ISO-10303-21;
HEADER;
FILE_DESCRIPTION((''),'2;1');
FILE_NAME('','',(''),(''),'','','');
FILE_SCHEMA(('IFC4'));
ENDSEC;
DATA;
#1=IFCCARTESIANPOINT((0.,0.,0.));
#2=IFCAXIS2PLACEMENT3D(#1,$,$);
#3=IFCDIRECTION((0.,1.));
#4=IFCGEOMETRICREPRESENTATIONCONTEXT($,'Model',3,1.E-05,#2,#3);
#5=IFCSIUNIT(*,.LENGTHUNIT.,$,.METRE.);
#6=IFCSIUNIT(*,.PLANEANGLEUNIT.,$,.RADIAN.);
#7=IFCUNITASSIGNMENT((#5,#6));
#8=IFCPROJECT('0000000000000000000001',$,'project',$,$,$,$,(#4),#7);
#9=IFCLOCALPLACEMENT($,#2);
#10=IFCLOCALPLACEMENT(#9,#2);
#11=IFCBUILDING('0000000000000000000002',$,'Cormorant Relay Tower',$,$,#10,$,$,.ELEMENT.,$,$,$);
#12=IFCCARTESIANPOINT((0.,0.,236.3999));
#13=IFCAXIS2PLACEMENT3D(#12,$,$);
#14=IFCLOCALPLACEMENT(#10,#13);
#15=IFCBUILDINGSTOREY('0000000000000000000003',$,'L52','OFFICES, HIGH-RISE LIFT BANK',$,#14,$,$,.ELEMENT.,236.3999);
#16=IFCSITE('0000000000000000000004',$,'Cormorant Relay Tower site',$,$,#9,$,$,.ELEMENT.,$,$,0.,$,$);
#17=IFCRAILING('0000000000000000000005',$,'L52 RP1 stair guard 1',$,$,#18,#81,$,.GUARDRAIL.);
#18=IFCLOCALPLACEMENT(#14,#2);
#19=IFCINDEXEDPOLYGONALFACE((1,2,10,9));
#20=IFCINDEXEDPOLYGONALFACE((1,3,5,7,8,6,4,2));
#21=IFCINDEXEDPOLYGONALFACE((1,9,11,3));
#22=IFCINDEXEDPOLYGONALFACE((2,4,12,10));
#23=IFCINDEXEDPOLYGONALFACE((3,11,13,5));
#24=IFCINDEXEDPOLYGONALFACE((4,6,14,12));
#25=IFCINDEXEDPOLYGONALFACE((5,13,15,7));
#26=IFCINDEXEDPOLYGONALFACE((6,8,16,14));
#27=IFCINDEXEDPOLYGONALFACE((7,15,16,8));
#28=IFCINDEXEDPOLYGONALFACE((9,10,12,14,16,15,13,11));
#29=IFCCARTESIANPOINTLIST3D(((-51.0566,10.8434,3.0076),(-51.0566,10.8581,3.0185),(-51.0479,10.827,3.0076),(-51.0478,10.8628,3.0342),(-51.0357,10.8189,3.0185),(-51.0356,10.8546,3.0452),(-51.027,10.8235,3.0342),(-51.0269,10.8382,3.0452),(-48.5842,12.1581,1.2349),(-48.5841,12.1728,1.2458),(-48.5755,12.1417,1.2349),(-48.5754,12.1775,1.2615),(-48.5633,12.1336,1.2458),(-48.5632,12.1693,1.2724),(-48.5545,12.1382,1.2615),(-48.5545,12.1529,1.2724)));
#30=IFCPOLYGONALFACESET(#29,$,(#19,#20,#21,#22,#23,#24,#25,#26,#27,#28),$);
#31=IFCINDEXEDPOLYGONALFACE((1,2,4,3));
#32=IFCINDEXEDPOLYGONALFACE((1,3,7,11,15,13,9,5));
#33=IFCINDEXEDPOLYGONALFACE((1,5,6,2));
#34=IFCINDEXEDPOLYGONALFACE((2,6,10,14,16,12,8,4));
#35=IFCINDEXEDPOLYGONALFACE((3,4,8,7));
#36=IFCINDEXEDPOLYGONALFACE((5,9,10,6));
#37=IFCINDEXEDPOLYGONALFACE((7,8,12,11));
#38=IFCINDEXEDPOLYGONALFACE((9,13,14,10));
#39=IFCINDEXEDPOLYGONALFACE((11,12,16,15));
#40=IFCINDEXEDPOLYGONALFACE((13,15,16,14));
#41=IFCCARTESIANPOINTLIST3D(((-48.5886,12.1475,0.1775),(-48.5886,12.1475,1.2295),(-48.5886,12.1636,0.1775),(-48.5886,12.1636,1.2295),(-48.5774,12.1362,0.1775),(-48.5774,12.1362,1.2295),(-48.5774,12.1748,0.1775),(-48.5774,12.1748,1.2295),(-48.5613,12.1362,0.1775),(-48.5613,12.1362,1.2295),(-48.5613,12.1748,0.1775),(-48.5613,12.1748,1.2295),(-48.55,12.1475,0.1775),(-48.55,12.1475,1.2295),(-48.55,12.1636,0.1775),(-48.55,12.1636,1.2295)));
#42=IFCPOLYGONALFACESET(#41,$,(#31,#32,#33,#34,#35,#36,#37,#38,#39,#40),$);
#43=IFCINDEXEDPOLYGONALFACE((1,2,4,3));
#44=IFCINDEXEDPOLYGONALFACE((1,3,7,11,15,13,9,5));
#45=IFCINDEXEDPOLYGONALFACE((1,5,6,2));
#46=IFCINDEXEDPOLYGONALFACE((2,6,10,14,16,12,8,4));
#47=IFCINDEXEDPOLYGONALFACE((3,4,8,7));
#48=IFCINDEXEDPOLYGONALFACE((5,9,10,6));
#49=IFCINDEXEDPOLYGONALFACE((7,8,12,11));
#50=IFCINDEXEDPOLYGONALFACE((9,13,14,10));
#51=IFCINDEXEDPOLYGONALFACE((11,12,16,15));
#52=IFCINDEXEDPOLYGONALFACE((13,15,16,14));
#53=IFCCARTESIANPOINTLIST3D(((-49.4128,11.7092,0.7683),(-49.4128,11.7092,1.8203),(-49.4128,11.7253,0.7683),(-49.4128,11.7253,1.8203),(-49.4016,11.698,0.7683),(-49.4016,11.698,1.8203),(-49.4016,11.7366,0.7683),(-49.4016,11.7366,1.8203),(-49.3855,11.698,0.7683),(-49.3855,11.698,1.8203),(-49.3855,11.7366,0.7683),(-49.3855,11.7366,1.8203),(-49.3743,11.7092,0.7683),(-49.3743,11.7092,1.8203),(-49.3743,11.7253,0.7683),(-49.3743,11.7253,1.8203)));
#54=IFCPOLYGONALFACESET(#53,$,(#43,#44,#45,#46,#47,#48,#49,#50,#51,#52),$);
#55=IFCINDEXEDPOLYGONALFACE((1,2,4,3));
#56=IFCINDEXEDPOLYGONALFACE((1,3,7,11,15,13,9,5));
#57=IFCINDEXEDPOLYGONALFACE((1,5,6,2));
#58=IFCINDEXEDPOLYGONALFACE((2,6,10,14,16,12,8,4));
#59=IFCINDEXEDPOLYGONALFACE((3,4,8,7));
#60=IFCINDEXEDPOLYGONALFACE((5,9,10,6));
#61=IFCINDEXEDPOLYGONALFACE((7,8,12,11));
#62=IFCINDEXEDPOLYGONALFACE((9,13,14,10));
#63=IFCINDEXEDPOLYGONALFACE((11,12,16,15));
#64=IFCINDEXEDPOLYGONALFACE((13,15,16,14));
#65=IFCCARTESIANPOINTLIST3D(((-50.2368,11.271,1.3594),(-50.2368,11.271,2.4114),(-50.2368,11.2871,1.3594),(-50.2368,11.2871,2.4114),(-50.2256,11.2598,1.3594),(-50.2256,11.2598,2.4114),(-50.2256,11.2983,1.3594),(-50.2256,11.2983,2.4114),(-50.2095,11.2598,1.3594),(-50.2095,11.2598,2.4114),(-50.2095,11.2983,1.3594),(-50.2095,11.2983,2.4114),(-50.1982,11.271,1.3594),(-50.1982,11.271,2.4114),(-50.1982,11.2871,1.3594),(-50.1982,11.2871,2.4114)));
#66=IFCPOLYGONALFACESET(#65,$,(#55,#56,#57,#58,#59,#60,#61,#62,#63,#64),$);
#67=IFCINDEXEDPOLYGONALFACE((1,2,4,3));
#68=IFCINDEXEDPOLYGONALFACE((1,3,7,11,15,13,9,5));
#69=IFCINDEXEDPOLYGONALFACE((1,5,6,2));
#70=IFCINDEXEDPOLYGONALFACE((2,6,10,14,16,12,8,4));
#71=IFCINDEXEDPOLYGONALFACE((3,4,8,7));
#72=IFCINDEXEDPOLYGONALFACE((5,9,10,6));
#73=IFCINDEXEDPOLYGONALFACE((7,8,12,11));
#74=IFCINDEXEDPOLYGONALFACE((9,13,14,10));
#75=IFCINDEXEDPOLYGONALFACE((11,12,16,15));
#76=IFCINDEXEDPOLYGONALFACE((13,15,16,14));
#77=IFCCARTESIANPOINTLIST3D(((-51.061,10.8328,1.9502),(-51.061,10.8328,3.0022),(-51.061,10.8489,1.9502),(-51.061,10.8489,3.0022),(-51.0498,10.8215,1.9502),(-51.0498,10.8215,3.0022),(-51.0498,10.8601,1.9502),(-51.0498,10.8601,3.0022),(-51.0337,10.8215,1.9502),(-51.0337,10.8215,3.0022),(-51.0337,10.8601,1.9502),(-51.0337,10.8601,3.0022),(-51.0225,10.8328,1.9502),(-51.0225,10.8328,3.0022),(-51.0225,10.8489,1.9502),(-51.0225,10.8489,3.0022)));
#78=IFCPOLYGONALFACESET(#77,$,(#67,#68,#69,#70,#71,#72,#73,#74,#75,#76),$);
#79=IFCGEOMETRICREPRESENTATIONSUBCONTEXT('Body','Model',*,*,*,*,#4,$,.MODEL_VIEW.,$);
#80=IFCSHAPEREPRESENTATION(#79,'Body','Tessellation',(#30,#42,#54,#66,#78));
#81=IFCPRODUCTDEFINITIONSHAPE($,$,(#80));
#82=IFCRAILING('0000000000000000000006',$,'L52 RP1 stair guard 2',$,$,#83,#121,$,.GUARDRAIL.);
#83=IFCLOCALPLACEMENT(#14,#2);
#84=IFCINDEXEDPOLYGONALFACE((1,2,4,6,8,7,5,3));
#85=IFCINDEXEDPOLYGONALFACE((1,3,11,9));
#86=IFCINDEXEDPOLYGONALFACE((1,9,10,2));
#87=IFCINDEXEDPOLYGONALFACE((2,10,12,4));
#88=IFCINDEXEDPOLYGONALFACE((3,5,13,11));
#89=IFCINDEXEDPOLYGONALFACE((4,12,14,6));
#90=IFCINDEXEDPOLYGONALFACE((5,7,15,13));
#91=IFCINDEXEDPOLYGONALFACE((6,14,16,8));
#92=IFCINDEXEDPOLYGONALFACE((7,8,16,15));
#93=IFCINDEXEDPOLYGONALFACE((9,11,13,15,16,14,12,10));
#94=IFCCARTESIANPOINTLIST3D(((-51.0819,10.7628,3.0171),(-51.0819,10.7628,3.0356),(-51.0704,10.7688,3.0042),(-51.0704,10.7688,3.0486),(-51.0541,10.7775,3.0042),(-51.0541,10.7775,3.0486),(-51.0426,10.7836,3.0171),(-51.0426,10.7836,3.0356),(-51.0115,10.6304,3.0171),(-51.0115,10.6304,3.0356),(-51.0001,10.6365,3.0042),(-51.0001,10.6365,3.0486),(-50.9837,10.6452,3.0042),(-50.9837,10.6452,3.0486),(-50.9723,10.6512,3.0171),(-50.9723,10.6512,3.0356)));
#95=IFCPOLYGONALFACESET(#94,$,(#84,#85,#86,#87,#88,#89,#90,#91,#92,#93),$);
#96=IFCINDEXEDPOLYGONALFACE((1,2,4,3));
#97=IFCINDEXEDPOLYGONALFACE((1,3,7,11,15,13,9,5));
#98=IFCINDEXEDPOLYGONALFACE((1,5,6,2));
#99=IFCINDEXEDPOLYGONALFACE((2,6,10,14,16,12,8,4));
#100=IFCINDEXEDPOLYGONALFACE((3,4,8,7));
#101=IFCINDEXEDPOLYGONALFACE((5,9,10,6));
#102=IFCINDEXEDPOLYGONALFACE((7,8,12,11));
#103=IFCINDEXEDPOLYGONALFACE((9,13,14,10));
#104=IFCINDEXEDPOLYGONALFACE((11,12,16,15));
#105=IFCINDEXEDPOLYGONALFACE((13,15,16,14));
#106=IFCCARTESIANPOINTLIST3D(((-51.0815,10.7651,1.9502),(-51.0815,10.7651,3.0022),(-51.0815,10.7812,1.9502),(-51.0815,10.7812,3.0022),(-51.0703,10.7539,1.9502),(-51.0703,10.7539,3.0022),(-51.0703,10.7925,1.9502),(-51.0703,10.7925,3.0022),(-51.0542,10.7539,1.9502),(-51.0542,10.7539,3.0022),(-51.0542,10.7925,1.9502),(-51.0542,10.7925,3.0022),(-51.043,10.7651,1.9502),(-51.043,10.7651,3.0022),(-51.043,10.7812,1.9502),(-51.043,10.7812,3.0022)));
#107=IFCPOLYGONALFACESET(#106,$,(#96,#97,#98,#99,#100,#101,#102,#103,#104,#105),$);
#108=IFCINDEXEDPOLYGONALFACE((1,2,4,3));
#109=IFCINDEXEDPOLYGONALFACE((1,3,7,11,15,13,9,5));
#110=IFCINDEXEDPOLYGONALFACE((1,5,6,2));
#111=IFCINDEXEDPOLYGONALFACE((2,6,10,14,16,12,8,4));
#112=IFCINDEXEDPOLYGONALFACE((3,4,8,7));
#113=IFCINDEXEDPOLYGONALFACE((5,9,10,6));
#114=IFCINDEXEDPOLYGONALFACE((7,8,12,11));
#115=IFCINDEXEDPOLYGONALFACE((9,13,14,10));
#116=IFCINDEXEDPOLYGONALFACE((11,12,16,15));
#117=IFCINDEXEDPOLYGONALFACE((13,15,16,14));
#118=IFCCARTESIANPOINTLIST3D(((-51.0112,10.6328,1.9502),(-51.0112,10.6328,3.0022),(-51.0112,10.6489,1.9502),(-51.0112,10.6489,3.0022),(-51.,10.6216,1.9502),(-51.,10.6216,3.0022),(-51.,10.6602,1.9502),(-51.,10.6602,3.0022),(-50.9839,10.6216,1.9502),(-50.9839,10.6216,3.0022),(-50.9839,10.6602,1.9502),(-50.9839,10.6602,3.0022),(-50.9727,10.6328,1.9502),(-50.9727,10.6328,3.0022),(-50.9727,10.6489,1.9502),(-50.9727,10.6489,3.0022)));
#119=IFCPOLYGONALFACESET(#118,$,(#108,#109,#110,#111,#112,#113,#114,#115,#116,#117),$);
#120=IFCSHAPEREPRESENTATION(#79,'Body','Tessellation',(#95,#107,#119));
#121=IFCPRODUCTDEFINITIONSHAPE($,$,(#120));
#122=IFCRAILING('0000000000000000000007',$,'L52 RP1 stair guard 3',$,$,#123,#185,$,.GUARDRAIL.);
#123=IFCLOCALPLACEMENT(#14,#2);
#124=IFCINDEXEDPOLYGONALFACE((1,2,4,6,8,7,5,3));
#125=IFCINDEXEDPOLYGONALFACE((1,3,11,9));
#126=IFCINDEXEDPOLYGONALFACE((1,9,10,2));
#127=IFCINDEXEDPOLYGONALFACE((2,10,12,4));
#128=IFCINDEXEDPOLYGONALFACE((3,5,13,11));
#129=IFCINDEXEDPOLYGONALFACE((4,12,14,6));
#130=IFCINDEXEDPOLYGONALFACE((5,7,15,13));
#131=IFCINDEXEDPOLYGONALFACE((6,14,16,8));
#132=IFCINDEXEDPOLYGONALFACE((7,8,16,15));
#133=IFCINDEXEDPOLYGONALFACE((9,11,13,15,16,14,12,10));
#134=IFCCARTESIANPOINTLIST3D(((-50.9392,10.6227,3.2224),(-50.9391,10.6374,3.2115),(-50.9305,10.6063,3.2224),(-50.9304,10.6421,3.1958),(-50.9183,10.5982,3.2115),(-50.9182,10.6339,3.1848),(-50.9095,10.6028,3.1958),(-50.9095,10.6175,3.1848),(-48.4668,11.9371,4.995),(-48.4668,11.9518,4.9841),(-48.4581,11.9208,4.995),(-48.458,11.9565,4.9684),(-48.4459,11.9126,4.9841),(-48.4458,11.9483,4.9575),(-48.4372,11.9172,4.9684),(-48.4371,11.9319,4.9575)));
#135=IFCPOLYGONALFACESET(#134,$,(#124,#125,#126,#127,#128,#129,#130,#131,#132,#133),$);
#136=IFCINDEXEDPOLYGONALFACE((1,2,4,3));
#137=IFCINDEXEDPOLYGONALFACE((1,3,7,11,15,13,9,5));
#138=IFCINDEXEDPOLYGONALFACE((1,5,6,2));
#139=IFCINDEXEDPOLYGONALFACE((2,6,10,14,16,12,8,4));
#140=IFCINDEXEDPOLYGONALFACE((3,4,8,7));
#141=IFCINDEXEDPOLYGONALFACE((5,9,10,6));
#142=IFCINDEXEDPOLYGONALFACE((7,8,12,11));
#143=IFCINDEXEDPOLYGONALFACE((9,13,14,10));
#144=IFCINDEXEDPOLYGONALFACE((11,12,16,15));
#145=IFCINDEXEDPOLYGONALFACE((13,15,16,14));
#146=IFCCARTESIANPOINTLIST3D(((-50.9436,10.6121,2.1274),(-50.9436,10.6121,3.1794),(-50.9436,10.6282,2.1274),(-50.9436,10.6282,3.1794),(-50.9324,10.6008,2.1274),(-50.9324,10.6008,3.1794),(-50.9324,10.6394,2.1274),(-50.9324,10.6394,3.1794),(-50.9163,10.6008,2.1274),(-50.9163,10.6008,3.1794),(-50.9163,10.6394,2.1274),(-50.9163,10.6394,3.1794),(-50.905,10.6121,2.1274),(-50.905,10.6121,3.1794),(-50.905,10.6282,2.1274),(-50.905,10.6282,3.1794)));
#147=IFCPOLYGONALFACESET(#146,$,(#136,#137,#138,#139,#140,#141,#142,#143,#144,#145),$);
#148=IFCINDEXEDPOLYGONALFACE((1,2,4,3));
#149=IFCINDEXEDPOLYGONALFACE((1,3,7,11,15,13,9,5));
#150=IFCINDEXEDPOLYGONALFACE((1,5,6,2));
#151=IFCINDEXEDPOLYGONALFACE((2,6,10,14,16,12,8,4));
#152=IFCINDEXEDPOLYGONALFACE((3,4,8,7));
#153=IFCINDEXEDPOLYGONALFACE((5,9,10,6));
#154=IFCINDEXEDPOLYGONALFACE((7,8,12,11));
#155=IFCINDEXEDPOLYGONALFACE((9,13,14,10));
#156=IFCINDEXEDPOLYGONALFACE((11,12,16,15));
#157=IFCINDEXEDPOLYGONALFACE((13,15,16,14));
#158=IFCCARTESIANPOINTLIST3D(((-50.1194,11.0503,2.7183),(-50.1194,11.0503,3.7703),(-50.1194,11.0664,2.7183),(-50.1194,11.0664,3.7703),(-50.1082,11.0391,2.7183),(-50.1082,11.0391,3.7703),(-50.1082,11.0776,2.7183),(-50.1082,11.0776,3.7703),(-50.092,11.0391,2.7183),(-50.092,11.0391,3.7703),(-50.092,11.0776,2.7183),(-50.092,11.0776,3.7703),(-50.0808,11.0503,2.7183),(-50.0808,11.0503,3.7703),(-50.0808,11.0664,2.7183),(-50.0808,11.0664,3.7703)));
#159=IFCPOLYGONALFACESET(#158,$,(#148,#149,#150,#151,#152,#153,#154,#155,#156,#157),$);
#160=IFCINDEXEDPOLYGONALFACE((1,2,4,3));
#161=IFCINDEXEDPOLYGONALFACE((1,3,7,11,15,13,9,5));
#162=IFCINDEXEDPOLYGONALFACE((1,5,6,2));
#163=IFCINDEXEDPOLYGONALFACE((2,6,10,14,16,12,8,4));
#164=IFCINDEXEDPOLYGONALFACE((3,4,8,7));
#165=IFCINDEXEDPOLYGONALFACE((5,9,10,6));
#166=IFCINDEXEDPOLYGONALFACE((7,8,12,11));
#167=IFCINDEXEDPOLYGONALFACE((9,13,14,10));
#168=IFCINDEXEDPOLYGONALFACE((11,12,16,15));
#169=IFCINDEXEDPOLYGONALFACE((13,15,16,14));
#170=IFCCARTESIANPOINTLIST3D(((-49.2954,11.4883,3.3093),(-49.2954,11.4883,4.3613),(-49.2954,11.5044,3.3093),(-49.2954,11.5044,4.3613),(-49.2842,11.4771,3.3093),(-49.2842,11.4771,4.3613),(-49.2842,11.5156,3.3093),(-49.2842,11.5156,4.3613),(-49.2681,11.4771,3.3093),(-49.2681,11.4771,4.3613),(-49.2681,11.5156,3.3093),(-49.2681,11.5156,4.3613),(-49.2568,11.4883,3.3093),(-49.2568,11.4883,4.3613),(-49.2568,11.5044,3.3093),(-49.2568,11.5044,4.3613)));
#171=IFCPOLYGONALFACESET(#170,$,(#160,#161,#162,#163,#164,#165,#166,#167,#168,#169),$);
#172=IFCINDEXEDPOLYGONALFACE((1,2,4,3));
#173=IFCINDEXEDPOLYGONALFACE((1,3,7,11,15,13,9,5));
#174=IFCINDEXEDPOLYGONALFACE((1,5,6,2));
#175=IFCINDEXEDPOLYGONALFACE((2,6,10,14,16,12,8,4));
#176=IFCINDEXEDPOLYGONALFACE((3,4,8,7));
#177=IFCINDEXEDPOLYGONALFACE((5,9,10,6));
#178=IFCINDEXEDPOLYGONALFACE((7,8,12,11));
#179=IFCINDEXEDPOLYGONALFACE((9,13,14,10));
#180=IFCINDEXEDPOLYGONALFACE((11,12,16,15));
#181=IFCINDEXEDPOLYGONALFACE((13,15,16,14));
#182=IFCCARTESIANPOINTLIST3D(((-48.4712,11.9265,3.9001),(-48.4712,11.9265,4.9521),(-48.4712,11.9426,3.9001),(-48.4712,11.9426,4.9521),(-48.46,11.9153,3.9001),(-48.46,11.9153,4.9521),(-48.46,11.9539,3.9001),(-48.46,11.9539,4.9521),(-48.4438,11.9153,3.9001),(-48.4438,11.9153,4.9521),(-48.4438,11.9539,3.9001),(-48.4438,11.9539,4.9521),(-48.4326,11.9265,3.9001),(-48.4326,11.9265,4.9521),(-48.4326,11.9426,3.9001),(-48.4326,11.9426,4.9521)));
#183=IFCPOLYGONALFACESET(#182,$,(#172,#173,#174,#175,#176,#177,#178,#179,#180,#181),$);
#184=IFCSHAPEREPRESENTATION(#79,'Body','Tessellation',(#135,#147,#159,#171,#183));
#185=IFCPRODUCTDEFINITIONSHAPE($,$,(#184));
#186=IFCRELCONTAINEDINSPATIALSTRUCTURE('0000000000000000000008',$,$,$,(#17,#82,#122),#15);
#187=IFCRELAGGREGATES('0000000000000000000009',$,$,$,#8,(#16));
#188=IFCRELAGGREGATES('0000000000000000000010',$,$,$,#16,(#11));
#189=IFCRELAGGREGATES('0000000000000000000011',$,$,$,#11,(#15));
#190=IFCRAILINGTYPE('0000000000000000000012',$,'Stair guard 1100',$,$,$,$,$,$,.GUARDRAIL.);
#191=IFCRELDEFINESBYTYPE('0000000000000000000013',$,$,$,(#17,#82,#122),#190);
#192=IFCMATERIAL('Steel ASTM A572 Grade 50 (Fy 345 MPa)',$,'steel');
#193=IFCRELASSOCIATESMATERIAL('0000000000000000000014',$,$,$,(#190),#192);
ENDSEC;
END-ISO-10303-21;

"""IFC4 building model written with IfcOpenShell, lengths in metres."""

from ifc_helpers import new_model, si_unit, direction, frame, origin, place, context, subcontext, project, spatial, polyline, outline, extrude, material, type_object, element, save


model = new_model("IFC4")

# Units and contexts
model_context = context("Model", 3, precision=1e-05, world=origin(), true_north=direction((0.0, 1.0)))
body_context = subcontext(model_context, "Body", "Model", "MODEL_VIEW")
ifc_project = project(units=[si_unit("LENGTHUNIT", "METRE"), si_unit("PLANEANGLEUNIT", "RADIAN")], contexts=[model_context])

# Site, building, storey
site_placement = place(None, origin())
site = spatial("IfcSite", under=ifc_project, at=site_placement, Name="Cormorant Relay Tower site", CompositionType="ELEMENT", RefElevation=0.0)
building_placement = place(site_placement, origin())
building = spatial("IfcBuilding", under=site, at=building_placement, Name="Cormorant Relay Tower", CompositionType="ELEMENT")
storey_placement = place(building_placement, frame((0.0, 0.0, 236.3999)))
storey = spatial("IfcBuildingStorey", under=building, at=storey_placement, Name="L52", Description="OFFICES, HIGH-RISE LIFT BANK", CompositionType="ELEMENT", Elevation=236.3999)

# Railings
ifc_material_1 = material(Name="Steel ASTM A572 Grade 50 (Fy 345 MPa)", Category="steel")
railing_type_1 = type_object("IfcRailingType", Name="Stair guard 1100", PredefinedType="GUARDRAIL", material=ifc_material_1)
railing_1_placement = place(storey_placement, frame((-48.5693, 12.1555, 0.1775)))
element("IfcRailing", 1, at=railing_1_placement, inside=storey, type_object=railing_type_1, Name="L52 RP1 stair guard 1", PredefinedType="GUARDRAIL", context=body_context, shape_type="SweptSolid", body=[
    extrude(outline(polyline([(0.0222, 0.0093), (0.0093, 0.0222), (-0.0093, 0.0222), (-0.0222, 0.0093), (-0.0222, -0.0093), (-0.0093, -0.0222), (0.0093, -0.0222), (0.0222, -0.0093), (0.0222, 0.0093)])), frame((0.0, 0.0, 1.0762), z_axis=(-0.746012, -0.39669, 0.534886), x_axis=(0.469497, -0.882934, 0.0)), (0.0, 0.0, 1.0), 3.3142),
    extrude(outline(polyline([(0.0193, 0.0081), (0.0081, 0.0193), (-0.0081, 0.0193), (-0.0193, 0.0081), (-0.0193, -0.0081), (-0.0081, -0.0193), (0.0081, -0.0193), (0.0193, -0.0081), (0.0193, 0.0081)])), origin(), (0.0, 0.0, 1.0), 1.052),
    extrude(outline(polyline([(0.0193, 0.0081), (0.0081, 0.0193), (-0.0081, 0.0193), (-0.0193, 0.0081), (-0.0193, -0.0081), (-0.0081, -0.0193), (0.0081, -0.0193), (0.0193, -0.0081), (0.0193, 0.0081)])), frame((-0.8242, -0.4382, 0.5908)), (0.0, 0.0, 1.0), 1.052),
    extrude(outline(polyline([(0.0193, 0.0081), (0.0081, 0.0193), (-0.0081, 0.0193), (-0.0193, 0.0081), (-0.0193, -0.0081), (-0.0081, -0.0193), (0.0081, -0.0193), (0.0193, -0.0081), (0.0193, 0.0081)])), frame((-1.6482, -0.8765, 1.1819)), (0.0, 0.0, 1.0), 1.052),
    extrude(outline(polyline([(0.0193, 0.0081), (0.0081, 0.0193), (-0.0081, 0.0193), (-0.0193, 0.0081), (-0.0193, -0.0081), (-0.0081, -0.0193), (0.0081, -0.0193), (0.0193, -0.0081), (0.0193, 0.0081)])), frame((-2.4724, -1.3147, 1.7727)), (0.0, 0.0, 1.0), 1.052),
])
railing_2_placement = place(storey_placement, frame((-51.0623, 10.7732, 1.9502)))
element("IfcRailing", 2, at=railing_2_placement, inside=storey, type_object=railing_type_1, Name="L52 RP1 stair guard 2", PredefinedType="GUARDRAIL", context=body_context, shape_type="SweptSolid", body=[
    extrude(outline(polyline([(0.0222, 0.0093), (0.0093, 0.0222), (-0.0093, 0.0222), (-0.0222, 0.0093), (-0.0222, -0.0093), (-0.0093, -0.0222), (0.0093, -0.0222), (0.0222, -0.0093), (0.0222, 0.0093)])), frame((0.0, 0.0, 1.0762), z_axis=(0.469235, -0.883074, 0.0), x_axis=(0.883074, 0.469235, 0.0)), (0.0, 0.0, 1.0), 0.1499),
    extrude(outline(polyline([(0.0193, 0.0081), (0.0081, 0.0193), (-0.0081, 0.0193), (-0.0193, 0.0081), (-0.0193, -0.0081), (-0.0081, -0.0193), (0.0081, -0.0193), (0.0193, -0.0081), (0.0193, 0.0081)])), origin(), (0.0, 0.0, 1.0), 1.052),
    extrude(outline(polyline([(0.0193, 0.0081), (0.0081, 0.0193), (-0.0081, 0.0193), (-0.0193, 0.0081), (-0.0193, -0.0081), (-0.0081, -0.0193), (0.0081, -0.0193), (0.0193, -0.0081), (0.0193, 0.0081)])), frame((0.0703, -0.1323, 0.0)), (0.0, 0.0, 1.0), 1.052),
])
railing_3_placement = place(storey_placement, frame((-50.9243, 10.6201, 2.1274)))
element("IfcRailing", 3, at=railing_3_placement, inside=storey, type_object=railing_type_1, Name="L52 RP1 stair guard 3", PredefinedType="GUARDRAIL", context=body_context, shape_type="SweptSolid", body=[
    extrude(outline(polyline([(0.0222, 0.0093), (0.0093, 0.0222), (-0.0093, 0.0222), (-0.0222, 0.0093), (-0.0222, -0.0093), (-0.0093, -0.0222), (0.0093, -0.0222), (0.0222, -0.0093), (0.0222, 0.0093)])), frame((0.0, 0.0, 1.0762), z_axis=(0.746034, 0.396627, 0.534902), x_axis=(-0.469429, 0.88297, 0.0)), (0.0, 0.0, 1.0), 3.314),
    extrude(outline(polyline([(0.0193, 0.0081), (0.0081, 0.0193), (-0.0081, 0.0193), (-0.0193, 0.0081), (-0.0193, -0.0081), (-0.0081, -0.0193), (0.0081, -0.0193), (0.0193, -0.0081), (0.0193, 0.0081)])), origin(), (0.0, 0.0, 1.0), 1.052),
    extrude(outline(polyline([(0.0193, 0.0081), (0.0081, 0.0193), (-0.0081, 0.0193), (-0.0193, 0.0081), (-0.0193, -0.0081), (-0.0081, -0.0193), (0.0081, -0.0193), (0.0193, -0.0081), (0.0193, 0.0081)])), frame((0.8242, 0.4382, 0.5908)), (0.0, 0.0, 1.0), 1.052),
    extrude(outline(polyline([(0.0193, 0.0081), (0.0081, 0.0193), (-0.0081, 0.0193), (-0.0193, 0.0081), (-0.0193, -0.0081), (-0.0081, -0.0193), (0.0081, -0.0193), (0.0193, -0.0081), (0.0193, 0.0081)])), frame((1.6482, 0.8762, 1.1819)), (0.0, 0.0, 1.0), 1.052),
    extrude(outline(polyline([(0.0193, 0.0081), (0.0081, 0.0193), (-0.0081, 0.0193), (-0.0193, 0.0081), (-0.0193, -0.0081), (-0.0081, -0.0193), (0.0081, -0.0193), (0.0193, -0.0081), (0.0193, 0.0081)])), frame((2.4724, 1.3145, 1.7727)), (0.0, 0.0, 1.0), 1.052),
])

save(model, "model.ifc")
